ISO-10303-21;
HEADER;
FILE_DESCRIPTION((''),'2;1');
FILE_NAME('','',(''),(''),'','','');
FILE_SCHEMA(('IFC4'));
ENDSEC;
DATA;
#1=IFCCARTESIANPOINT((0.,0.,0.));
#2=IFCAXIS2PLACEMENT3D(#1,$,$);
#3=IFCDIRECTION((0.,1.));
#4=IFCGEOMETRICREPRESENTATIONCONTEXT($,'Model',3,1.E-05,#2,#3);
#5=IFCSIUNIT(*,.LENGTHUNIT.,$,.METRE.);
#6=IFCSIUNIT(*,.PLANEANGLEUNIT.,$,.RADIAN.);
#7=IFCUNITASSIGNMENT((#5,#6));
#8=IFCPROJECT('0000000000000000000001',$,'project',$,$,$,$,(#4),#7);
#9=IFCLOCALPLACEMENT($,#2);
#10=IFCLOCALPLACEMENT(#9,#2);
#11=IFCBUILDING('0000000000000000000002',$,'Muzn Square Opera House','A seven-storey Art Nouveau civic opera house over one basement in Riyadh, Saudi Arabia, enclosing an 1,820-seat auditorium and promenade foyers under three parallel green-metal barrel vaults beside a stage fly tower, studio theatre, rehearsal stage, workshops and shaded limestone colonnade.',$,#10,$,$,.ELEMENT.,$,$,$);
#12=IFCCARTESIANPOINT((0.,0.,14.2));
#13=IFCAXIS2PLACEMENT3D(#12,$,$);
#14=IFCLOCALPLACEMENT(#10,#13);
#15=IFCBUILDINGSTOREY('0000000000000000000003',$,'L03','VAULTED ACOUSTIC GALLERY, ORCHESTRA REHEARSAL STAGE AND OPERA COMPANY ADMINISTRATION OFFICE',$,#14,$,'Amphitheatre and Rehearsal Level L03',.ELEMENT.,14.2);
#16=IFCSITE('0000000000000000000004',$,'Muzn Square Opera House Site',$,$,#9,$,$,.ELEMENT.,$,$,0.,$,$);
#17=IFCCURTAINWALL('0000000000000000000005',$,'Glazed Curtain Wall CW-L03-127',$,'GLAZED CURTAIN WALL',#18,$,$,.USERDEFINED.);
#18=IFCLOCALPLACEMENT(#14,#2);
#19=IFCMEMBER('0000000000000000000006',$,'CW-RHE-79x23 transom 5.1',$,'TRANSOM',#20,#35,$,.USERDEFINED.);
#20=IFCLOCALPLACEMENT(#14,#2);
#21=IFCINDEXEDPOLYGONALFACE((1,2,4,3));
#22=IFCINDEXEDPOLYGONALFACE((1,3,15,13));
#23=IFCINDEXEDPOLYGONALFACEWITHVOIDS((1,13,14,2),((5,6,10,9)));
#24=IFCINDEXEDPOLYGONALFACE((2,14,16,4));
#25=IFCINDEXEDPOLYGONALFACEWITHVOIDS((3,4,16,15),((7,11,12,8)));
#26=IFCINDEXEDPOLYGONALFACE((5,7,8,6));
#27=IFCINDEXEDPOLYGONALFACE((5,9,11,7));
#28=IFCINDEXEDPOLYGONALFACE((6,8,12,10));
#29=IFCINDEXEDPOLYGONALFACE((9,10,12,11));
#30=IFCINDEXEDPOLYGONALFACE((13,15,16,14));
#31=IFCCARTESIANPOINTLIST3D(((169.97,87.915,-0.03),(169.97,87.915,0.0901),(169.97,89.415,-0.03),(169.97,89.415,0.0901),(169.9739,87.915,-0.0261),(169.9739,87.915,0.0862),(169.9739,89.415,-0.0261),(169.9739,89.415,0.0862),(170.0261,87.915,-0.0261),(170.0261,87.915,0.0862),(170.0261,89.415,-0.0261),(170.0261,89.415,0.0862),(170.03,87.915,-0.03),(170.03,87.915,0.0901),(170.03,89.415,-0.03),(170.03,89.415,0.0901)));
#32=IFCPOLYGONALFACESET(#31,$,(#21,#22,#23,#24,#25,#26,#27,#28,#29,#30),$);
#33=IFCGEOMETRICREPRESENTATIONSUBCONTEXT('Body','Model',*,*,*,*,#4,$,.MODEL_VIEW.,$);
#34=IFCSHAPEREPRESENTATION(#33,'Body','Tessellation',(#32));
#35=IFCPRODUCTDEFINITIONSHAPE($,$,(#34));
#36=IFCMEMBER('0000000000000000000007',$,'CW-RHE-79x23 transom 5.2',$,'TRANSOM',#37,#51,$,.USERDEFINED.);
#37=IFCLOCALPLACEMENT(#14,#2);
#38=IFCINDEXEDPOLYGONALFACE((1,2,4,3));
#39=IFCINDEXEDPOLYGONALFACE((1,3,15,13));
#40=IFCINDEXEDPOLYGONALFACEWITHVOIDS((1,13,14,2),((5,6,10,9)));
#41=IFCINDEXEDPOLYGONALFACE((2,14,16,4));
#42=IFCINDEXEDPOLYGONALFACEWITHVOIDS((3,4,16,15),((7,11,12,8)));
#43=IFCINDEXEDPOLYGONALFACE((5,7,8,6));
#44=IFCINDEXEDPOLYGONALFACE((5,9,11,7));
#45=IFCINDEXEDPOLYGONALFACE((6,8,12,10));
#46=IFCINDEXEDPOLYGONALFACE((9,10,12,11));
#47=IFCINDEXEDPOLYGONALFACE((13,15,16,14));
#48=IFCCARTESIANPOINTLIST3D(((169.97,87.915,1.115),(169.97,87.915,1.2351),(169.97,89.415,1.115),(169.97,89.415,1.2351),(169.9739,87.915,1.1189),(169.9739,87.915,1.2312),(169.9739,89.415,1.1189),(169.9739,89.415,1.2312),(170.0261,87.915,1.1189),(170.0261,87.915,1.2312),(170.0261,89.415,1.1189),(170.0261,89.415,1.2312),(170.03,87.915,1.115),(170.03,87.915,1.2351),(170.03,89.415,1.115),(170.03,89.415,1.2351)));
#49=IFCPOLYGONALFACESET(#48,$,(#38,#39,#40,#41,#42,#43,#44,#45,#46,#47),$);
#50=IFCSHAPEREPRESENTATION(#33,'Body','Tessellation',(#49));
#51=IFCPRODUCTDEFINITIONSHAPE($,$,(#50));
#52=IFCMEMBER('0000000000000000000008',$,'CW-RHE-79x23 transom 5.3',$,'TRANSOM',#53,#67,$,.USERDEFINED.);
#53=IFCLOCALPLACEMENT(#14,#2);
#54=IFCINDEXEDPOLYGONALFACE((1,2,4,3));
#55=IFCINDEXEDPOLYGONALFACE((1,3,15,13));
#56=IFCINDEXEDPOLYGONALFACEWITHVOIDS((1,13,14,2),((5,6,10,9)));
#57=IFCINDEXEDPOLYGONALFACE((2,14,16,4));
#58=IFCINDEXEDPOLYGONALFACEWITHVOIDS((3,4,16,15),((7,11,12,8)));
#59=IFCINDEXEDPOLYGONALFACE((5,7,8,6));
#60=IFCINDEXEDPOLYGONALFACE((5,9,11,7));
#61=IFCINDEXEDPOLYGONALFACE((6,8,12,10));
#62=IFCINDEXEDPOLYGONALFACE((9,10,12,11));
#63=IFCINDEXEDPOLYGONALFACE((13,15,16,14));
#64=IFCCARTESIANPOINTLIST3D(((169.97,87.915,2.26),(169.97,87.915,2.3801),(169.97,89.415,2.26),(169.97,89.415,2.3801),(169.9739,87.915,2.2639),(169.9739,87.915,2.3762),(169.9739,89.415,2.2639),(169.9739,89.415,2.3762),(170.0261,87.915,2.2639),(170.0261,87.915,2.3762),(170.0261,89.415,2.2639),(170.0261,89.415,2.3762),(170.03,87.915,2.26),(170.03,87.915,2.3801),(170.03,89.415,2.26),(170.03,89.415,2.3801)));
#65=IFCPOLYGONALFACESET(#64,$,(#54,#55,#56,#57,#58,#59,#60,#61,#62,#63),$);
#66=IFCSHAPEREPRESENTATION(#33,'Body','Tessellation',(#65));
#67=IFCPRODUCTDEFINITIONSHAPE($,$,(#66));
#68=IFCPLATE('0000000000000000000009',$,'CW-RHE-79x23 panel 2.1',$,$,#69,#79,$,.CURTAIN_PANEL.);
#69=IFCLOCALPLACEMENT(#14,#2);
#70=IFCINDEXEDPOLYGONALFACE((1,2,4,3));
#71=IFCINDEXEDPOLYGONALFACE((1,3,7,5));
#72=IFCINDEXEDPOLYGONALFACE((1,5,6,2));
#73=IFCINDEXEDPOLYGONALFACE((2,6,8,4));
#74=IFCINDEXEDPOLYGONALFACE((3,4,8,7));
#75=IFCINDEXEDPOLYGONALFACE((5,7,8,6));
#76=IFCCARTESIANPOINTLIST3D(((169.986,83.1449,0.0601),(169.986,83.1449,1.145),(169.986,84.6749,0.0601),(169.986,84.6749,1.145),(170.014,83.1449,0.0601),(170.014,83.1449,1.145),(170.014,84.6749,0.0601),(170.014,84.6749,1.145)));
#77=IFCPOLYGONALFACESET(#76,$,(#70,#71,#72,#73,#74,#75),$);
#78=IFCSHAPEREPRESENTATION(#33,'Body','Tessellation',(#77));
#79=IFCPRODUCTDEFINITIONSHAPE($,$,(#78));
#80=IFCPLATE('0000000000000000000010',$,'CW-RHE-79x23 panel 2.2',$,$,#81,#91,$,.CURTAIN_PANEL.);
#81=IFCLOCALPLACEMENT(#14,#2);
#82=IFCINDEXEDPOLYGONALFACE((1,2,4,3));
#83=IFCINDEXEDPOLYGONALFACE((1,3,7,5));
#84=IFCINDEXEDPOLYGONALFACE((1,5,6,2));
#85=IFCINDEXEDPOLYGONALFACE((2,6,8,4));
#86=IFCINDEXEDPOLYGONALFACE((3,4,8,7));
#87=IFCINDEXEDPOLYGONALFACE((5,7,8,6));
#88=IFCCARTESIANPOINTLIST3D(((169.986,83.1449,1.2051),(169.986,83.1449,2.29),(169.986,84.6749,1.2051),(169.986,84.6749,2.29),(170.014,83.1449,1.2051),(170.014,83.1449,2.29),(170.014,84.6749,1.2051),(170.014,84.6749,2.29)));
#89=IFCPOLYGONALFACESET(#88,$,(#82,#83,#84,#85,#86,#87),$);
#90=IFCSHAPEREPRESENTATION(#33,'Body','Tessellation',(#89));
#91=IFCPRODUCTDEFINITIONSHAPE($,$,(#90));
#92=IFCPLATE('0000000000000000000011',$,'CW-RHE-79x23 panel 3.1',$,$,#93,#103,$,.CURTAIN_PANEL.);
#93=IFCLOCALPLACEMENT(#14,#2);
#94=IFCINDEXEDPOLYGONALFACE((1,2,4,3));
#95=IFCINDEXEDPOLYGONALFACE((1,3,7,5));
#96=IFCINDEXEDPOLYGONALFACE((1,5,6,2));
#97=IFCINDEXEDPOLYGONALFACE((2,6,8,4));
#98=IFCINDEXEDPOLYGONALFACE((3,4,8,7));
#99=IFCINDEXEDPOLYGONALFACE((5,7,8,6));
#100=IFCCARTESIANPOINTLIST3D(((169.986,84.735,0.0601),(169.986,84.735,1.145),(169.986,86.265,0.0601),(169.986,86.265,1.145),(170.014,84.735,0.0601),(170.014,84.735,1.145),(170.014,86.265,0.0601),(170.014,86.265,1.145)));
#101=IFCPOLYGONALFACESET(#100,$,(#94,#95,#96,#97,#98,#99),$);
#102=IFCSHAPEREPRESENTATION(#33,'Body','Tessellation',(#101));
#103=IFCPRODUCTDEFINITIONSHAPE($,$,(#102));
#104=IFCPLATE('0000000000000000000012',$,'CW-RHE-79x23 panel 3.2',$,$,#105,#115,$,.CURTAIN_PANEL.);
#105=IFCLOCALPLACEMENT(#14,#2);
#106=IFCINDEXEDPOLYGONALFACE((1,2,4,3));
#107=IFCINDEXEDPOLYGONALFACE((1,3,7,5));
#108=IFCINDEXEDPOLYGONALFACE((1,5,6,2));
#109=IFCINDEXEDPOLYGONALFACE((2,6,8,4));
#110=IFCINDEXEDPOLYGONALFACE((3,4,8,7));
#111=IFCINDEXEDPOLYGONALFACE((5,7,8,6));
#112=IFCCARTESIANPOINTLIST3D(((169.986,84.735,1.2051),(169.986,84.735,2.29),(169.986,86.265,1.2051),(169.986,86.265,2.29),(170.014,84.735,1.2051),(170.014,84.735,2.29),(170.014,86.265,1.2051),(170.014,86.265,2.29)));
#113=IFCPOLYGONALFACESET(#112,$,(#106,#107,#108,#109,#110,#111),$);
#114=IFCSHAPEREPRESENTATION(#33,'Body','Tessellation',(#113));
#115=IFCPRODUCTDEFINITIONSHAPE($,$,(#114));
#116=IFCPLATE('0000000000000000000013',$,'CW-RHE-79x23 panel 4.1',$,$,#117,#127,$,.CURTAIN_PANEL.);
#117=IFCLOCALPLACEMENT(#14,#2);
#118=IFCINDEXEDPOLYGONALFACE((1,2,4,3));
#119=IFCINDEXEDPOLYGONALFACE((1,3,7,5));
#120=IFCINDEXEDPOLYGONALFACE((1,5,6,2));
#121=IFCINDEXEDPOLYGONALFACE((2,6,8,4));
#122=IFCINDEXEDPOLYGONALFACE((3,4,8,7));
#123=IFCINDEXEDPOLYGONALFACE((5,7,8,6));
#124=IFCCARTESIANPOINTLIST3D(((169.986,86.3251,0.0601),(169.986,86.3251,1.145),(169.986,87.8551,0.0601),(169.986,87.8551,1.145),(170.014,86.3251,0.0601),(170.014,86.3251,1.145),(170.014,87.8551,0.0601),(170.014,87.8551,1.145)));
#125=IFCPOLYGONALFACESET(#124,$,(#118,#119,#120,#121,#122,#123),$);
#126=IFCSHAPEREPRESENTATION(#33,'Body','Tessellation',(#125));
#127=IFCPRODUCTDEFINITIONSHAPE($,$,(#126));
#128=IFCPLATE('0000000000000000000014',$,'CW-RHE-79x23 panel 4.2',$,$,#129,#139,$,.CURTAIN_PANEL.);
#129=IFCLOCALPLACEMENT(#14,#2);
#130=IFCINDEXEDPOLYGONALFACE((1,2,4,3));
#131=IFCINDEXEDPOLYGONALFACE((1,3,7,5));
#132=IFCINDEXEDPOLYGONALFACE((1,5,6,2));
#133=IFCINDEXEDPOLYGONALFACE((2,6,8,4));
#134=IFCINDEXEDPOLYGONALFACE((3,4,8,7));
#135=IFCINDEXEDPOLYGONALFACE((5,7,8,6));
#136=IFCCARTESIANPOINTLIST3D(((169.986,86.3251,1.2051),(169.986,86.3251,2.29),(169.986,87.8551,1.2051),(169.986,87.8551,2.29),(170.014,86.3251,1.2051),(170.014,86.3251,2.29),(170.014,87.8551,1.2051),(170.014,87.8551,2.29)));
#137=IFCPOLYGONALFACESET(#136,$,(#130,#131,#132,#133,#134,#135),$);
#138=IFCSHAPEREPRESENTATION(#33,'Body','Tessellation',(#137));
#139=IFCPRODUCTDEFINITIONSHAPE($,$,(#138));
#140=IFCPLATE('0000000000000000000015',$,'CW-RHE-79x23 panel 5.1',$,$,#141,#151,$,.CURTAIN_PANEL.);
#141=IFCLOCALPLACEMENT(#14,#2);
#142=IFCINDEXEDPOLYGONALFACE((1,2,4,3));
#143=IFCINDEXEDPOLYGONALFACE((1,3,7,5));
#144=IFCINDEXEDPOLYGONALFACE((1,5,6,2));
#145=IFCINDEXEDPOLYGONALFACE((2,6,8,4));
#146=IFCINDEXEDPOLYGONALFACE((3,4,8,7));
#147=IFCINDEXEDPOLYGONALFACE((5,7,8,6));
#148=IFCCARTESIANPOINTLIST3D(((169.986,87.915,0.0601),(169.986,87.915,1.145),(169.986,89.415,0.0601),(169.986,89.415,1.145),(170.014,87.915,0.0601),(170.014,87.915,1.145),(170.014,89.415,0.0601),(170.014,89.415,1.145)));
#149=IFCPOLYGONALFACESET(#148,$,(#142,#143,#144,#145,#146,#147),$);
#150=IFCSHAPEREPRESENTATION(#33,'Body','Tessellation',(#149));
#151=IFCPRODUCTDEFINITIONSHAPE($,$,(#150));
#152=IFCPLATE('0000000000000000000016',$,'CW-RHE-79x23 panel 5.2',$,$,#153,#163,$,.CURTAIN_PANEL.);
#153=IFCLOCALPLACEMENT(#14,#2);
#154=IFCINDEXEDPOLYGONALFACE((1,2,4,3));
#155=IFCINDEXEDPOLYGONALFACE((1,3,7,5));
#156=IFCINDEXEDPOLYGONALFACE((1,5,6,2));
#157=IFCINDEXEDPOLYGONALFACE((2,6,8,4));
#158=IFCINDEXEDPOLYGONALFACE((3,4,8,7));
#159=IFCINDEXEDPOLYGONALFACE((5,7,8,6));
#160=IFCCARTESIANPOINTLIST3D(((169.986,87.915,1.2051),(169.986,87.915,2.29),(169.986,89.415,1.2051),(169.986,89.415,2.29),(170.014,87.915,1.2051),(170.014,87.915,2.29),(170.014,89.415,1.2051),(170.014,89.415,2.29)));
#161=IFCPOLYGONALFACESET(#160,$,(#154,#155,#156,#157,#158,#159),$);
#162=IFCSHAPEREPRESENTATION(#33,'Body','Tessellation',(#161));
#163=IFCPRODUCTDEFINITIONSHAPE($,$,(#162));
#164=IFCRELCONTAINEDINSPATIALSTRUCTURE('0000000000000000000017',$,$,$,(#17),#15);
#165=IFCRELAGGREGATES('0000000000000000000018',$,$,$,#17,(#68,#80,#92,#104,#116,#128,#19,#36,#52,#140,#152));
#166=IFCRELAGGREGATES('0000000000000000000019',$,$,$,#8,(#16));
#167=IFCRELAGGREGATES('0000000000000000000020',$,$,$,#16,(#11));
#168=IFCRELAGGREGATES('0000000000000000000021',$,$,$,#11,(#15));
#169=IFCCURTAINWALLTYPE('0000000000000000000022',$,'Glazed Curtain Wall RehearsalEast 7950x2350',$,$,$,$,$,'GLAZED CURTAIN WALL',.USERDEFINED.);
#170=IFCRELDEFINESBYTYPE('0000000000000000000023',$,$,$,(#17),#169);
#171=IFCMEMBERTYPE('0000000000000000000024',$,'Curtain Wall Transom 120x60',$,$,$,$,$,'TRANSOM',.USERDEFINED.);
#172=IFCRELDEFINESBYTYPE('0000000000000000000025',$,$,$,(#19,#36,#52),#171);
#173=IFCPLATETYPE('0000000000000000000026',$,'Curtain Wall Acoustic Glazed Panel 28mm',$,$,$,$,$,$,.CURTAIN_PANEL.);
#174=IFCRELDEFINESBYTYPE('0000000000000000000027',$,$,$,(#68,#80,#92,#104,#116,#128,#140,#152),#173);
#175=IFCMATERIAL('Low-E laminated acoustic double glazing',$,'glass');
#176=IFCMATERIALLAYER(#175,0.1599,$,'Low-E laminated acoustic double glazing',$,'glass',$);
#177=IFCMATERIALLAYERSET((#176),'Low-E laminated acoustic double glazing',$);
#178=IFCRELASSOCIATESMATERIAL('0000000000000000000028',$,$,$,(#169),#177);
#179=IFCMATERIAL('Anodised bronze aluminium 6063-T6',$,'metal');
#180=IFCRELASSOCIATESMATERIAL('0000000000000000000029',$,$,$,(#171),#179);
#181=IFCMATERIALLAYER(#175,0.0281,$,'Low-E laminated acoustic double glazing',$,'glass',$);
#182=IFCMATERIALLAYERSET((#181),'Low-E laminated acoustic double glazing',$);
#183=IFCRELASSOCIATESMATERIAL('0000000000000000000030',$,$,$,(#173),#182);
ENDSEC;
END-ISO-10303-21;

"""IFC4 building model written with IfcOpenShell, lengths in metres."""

from ifc_helpers import new_model, si_unit, direction, frame, origin, origin_2d, place, context, subcontext, project, spatial, rectangle, hollow_rectangle, extrude, material, layer, layer_set, material_profile, profile_set, type_object, element, aggregate, save


model = new_model("IFC4")

# Units and contexts
model_context = context("Model", 3, precision=1e-05, world=origin(), true_north=direction((0.0, 1.0)))
body_context = subcontext(model_context, "Body", "Model", "MODEL_VIEW")
ifc_project = project(units=[si_unit("LENGTHUNIT", "METRE"), si_unit("PLANEANGLEUNIT", "RADIAN")], contexts=[model_context])

# Site, building, storey
site_placement = place(None, origin())
site = spatial("IfcSite", under=ifc_project, at=site_placement, Name="Muzn Square Opera House Site", CompositionType="ELEMENT", RefElevation=0.0)
building_placement = place(site_placement, origin())
building = spatial("IfcBuilding", under=site, at=building_placement, Name="Muzn Square Opera House", Description="A seven-storey Art Nouveau civic opera house over one basement in Riyadh, Saudi Arabia, enclosing an 1,820-seat auditorium and promenade foyers under three parallel green-metal barrel vaults beside a stage fly tower, studio theatre, rehearsal stage, workshops and shaded limestone colonnade.", CompositionType="ELEMENT")
storey_placement = place(building_placement, frame((0.0, 0.0, 14.2)))
storey = spatial("IfcBuildingStorey", under=building, at=storey_placement, Name="L03", Description="VAULTED ACOUSTIC GALLERY, ORCHESTRA REHEARSAL STAGE AND OPERA COMPANY ADMINISTRATION OFFICE", LongName="Amphitheatre and Rehearsal Level L03", CompositionType="ELEMENT", Elevation=14.2)

# Curtain wall, members, plates
ifc_material_1 = material(Name="Low-E laminated acoustic double glazing", Category="glass")
ifc_layer_1 = layer(ifc_material_1, 0.1599, Name="Low-E laminated acoustic double glazing", Category="glass")
ifc_layer_set_1 = layer_set([ifc_layer_1], Name="Low-E laminated acoustic double glazing")
curtain_wall_type = type_object("IfcCurtainWallType", Name="Glazed Curtain Wall RehearsalEast 7950x2350", ElementType="GLAZED CURTAIN WALL", PredefinedType="USERDEFINED", material=ifc_layer_set_1)
curtain_wall_placement = place(storey_placement, origin())
curtain_wall = element("IfcCurtainWall", 1, at=curtain_wall_placement, inside=storey, type_object=curtain_wall_type, Name="Glazed Curtain Wall CW-L03-127", ObjectType="GLAZED CURTAIN WALL", PredefinedType="USERDEFINED")
ifc_material_2 = material(Name="Anodised bronze aluminium 6063-T6", Category="metal")
ifc_material_profile_1 = material_profile(ifc_material_2, hollow_rectangle(XDim=0.0601, YDim=0.1201, WallThickness=0.0039, at=origin_2d()), Name="ALU 120x60x4", Category="metal")
ifc_profile_set_1 = profile_set([ifc_material_profile_1], Name="Anodised bronze aluminium 6063-T6")
member_type_1 = type_object("IfcMemberType", Name="Curtain Wall Transom 120x60", ElementType="TRANSOM", PredefinedType="USERDEFINED", material=ifc_profile_set_1)
member_1_placement = place(storey_placement, frame((170.0, 87.915, 0.03), z_axis=(0.0, 1.0, 0.0), x_axis=(-1.0, 0.0, 0.0)))
member_1 = element("IfcMember", 2, at=member_1_placement, type_object=member_type_1, Name="CW-RHE-79x23 transom 5.1", ObjectType="TRANSOM", PredefinedType="USERDEFINED", context=body_context, shape_type="SweptSolid", body=[
    extrude(hollow_rectangle(XDim=0.0601, YDim=0.1201, WallThickness=0.0039, at=origin_2d()), origin(), (0.0, 0.0, 1.0), 1.5),
])
member_2_placement = place(storey_placement, frame((170.0, 87.915, 1.175), z_axis=(0.0, 1.0, 0.0), x_axis=(-1.0, 0.0, 0.0)))
member_2 = element("IfcMember", 3, at=member_2_placement, type_object=member_type_1, Name="CW-RHE-79x23 transom 5.2", ObjectType="TRANSOM", PredefinedType="USERDEFINED", context=body_context, shape_type="SweptSolid", body=[
    extrude(hollow_rectangle(XDim=0.0601, YDim=0.1201, WallThickness=0.0039, at=origin_2d()), origin(), (0.0, 0.0, 1.0), 1.5),
])
member_3_placement = place(storey_placement, frame((170.0, 87.915, 2.3201), z_axis=(0.0, 1.0, 0.0), x_axis=(-1.0, 0.0, 0.0)))
member_3 = element("IfcMember", 4, at=member_3_placement, type_object=member_type_1, Name="CW-RHE-79x23 transom 5.3", ObjectType="TRANSOM", PredefinedType="USERDEFINED", context=body_context, shape_type="SweptSolid", body=[
    extrude(hollow_rectangle(XDim=0.0601, YDim=0.1201, WallThickness=0.0039, at=origin_2d()), origin(), (0.0, 0.0, 1.0), 1.5),
])
ifc_layer_2 = layer(ifc_material_1, 0.0281, Name="Low-E laminated acoustic double glazing", Category="glass")
ifc_layer_set_2 = layer_set([ifc_layer_2], Name="Low-E laminated acoustic double glazing")
plate_type = type_object("IfcPlateType", Name="Curtain Wall Acoustic Glazed Panel 28mm", PredefinedType="CURTAIN_PANEL", material=ifc_layer_set_2)
plate_1_placement = place(storey_placement, frame((170.0, 83.9099, 0.0601), z_axis=(0.0, 0.0, 1.0), x_axis=(0.0, 1.0, 0.0)))
plate_1 = element("IfcPlate", 5, at=plate_1_placement, type_object=plate_type, Name="CW-RHE-79x23 panel 2.1", PredefinedType="CURTAIN_PANEL", context=body_context, shape_type="SweptSolid", body=[
    extrude(rectangle(XDim=1.53, YDim=0.0281, at=origin_2d()), origin(), (0.0, 0.0, 1.0), 1.085),
])
plate_2_placement = place(storey_placement, frame((170.0, 83.9099, 1.2051), z_axis=(0.0, 0.0, 1.0), x_axis=(0.0, 1.0, 0.0)))
plate_2 = element("IfcPlate", 6, at=plate_2_placement, type_object=plate_type, Name="CW-RHE-79x23 panel 2.2", PredefinedType="CURTAIN_PANEL", context=body_context, shape_type="SweptSolid", body=[
    extrude(rectangle(XDim=1.53, YDim=0.0281, at=origin_2d()), origin(), (0.0, 0.0, 1.0), 1.085),
])
plate_3_placement = place(storey_placement, frame((170.0, 85.5, 0.0601), z_axis=(0.0, 0.0, 1.0), x_axis=(0.0, 1.0, 0.0)))
plate_3 = element("IfcPlate", 7, at=plate_3_placement, type_object=plate_type, Name="CW-RHE-79x23 panel 3.1", PredefinedType="CURTAIN_PANEL", context=body_context, shape_type="SweptSolid", body=[
    extrude(rectangle(XDim=1.53, YDim=0.0281, at=origin_2d()), origin(), (0.0, 0.0, 1.0), 1.085),
])
plate_4_placement = place(storey_placement, frame((170.0, 85.5, 1.2051), z_axis=(0.0, 0.0, 1.0), x_axis=(0.0, 1.0, 0.0)))
plate_4 = element("IfcPlate", 8, at=plate_4_placement, type_object=plate_type, Name="CW-RHE-79x23 panel 3.2", PredefinedType="CURTAIN_PANEL", context=body_context, shape_type="SweptSolid", body=[
    extrude(rectangle(XDim=1.53, YDim=0.0281, at=origin_2d()), origin(), (0.0, 0.0, 1.0), 1.085),
])
plate_5_placement = place(storey_placement, frame((170.0, 87.0901, 0.0601), z_axis=(0.0, 0.0, 1.0), x_axis=(0.0, 1.0, 0.0)))
plate_5 = element("IfcPlate", 9, at=plate_5_placement, type_object=plate_type, Name="CW-RHE-79x23 panel 4.1", PredefinedType="CURTAIN_PANEL", context=body_context, shape_type="SweptSolid", body=[
    extrude(rectangle(XDim=1.53, YDim=0.0281, at=origin_2d()), origin(), (0.0, 0.0, 1.0), 1.085),
])
plate_6_placement = place(storey_placement, frame((170.0, 87.0901, 1.2051), z_axis=(0.0, 0.0, 1.0), x_axis=(0.0, 1.0, 0.0)))
plate_6 = element("IfcPlate", 10, at=plate_6_placement, type_object=plate_type, Name="CW-RHE-79x23 panel 4.2", PredefinedType="CURTAIN_PANEL", context=body_context, shape_type="SweptSolid", body=[
    extrude(rectangle(XDim=1.53, YDim=0.0281, at=origin_2d()), origin(), (0.0, 0.0, 1.0), 1.085),
])
plate_7_placement = place(storey_placement, frame((170.0, 88.665, 0.0601), z_axis=(0.0, 0.0, 1.0), x_axis=(0.0, 1.0, 0.0)))
plate_7 = element("IfcPlate", 11, at=plate_7_placement, type_object=plate_type, Name="CW-RHE-79x23 panel 5.1", PredefinedType="CURTAIN_PANEL", context=body_context, shape_type="SweptSolid", body=[
    extrude(rectangle(XDim=1.5, YDim=0.0281, at=origin_2d()), origin(), (0.0, 0.0, 1.0), 1.085),
])
plate_8_placement = place(storey_placement, frame((170.0, 88.665, 1.2051), z_axis=(0.0, 0.0, 1.0), x_axis=(0.0, 1.0, 0.0)))
plate_8 = element("IfcPlate", 12, at=plate_8_placement, type_object=plate_type, Name="CW-RHE-79x23 panel 5.2", PredefinedType="CURTAIN_PANEL", context=body_context, shape_type="SweptSolid", body=[
    extrude(rectangle(XDim=1.5, YDim=0.0281, at=origin_2d()), origin(), (0.0, 0.0, 1.0), 1.085),
])
aggregate(curtain_wall, [plate_1, plate_2, plate_3, plate_4, plate_5, plate_6, member_1, member_2, member_3, plate_7, plate_8])

save(model, "model.ifc")
